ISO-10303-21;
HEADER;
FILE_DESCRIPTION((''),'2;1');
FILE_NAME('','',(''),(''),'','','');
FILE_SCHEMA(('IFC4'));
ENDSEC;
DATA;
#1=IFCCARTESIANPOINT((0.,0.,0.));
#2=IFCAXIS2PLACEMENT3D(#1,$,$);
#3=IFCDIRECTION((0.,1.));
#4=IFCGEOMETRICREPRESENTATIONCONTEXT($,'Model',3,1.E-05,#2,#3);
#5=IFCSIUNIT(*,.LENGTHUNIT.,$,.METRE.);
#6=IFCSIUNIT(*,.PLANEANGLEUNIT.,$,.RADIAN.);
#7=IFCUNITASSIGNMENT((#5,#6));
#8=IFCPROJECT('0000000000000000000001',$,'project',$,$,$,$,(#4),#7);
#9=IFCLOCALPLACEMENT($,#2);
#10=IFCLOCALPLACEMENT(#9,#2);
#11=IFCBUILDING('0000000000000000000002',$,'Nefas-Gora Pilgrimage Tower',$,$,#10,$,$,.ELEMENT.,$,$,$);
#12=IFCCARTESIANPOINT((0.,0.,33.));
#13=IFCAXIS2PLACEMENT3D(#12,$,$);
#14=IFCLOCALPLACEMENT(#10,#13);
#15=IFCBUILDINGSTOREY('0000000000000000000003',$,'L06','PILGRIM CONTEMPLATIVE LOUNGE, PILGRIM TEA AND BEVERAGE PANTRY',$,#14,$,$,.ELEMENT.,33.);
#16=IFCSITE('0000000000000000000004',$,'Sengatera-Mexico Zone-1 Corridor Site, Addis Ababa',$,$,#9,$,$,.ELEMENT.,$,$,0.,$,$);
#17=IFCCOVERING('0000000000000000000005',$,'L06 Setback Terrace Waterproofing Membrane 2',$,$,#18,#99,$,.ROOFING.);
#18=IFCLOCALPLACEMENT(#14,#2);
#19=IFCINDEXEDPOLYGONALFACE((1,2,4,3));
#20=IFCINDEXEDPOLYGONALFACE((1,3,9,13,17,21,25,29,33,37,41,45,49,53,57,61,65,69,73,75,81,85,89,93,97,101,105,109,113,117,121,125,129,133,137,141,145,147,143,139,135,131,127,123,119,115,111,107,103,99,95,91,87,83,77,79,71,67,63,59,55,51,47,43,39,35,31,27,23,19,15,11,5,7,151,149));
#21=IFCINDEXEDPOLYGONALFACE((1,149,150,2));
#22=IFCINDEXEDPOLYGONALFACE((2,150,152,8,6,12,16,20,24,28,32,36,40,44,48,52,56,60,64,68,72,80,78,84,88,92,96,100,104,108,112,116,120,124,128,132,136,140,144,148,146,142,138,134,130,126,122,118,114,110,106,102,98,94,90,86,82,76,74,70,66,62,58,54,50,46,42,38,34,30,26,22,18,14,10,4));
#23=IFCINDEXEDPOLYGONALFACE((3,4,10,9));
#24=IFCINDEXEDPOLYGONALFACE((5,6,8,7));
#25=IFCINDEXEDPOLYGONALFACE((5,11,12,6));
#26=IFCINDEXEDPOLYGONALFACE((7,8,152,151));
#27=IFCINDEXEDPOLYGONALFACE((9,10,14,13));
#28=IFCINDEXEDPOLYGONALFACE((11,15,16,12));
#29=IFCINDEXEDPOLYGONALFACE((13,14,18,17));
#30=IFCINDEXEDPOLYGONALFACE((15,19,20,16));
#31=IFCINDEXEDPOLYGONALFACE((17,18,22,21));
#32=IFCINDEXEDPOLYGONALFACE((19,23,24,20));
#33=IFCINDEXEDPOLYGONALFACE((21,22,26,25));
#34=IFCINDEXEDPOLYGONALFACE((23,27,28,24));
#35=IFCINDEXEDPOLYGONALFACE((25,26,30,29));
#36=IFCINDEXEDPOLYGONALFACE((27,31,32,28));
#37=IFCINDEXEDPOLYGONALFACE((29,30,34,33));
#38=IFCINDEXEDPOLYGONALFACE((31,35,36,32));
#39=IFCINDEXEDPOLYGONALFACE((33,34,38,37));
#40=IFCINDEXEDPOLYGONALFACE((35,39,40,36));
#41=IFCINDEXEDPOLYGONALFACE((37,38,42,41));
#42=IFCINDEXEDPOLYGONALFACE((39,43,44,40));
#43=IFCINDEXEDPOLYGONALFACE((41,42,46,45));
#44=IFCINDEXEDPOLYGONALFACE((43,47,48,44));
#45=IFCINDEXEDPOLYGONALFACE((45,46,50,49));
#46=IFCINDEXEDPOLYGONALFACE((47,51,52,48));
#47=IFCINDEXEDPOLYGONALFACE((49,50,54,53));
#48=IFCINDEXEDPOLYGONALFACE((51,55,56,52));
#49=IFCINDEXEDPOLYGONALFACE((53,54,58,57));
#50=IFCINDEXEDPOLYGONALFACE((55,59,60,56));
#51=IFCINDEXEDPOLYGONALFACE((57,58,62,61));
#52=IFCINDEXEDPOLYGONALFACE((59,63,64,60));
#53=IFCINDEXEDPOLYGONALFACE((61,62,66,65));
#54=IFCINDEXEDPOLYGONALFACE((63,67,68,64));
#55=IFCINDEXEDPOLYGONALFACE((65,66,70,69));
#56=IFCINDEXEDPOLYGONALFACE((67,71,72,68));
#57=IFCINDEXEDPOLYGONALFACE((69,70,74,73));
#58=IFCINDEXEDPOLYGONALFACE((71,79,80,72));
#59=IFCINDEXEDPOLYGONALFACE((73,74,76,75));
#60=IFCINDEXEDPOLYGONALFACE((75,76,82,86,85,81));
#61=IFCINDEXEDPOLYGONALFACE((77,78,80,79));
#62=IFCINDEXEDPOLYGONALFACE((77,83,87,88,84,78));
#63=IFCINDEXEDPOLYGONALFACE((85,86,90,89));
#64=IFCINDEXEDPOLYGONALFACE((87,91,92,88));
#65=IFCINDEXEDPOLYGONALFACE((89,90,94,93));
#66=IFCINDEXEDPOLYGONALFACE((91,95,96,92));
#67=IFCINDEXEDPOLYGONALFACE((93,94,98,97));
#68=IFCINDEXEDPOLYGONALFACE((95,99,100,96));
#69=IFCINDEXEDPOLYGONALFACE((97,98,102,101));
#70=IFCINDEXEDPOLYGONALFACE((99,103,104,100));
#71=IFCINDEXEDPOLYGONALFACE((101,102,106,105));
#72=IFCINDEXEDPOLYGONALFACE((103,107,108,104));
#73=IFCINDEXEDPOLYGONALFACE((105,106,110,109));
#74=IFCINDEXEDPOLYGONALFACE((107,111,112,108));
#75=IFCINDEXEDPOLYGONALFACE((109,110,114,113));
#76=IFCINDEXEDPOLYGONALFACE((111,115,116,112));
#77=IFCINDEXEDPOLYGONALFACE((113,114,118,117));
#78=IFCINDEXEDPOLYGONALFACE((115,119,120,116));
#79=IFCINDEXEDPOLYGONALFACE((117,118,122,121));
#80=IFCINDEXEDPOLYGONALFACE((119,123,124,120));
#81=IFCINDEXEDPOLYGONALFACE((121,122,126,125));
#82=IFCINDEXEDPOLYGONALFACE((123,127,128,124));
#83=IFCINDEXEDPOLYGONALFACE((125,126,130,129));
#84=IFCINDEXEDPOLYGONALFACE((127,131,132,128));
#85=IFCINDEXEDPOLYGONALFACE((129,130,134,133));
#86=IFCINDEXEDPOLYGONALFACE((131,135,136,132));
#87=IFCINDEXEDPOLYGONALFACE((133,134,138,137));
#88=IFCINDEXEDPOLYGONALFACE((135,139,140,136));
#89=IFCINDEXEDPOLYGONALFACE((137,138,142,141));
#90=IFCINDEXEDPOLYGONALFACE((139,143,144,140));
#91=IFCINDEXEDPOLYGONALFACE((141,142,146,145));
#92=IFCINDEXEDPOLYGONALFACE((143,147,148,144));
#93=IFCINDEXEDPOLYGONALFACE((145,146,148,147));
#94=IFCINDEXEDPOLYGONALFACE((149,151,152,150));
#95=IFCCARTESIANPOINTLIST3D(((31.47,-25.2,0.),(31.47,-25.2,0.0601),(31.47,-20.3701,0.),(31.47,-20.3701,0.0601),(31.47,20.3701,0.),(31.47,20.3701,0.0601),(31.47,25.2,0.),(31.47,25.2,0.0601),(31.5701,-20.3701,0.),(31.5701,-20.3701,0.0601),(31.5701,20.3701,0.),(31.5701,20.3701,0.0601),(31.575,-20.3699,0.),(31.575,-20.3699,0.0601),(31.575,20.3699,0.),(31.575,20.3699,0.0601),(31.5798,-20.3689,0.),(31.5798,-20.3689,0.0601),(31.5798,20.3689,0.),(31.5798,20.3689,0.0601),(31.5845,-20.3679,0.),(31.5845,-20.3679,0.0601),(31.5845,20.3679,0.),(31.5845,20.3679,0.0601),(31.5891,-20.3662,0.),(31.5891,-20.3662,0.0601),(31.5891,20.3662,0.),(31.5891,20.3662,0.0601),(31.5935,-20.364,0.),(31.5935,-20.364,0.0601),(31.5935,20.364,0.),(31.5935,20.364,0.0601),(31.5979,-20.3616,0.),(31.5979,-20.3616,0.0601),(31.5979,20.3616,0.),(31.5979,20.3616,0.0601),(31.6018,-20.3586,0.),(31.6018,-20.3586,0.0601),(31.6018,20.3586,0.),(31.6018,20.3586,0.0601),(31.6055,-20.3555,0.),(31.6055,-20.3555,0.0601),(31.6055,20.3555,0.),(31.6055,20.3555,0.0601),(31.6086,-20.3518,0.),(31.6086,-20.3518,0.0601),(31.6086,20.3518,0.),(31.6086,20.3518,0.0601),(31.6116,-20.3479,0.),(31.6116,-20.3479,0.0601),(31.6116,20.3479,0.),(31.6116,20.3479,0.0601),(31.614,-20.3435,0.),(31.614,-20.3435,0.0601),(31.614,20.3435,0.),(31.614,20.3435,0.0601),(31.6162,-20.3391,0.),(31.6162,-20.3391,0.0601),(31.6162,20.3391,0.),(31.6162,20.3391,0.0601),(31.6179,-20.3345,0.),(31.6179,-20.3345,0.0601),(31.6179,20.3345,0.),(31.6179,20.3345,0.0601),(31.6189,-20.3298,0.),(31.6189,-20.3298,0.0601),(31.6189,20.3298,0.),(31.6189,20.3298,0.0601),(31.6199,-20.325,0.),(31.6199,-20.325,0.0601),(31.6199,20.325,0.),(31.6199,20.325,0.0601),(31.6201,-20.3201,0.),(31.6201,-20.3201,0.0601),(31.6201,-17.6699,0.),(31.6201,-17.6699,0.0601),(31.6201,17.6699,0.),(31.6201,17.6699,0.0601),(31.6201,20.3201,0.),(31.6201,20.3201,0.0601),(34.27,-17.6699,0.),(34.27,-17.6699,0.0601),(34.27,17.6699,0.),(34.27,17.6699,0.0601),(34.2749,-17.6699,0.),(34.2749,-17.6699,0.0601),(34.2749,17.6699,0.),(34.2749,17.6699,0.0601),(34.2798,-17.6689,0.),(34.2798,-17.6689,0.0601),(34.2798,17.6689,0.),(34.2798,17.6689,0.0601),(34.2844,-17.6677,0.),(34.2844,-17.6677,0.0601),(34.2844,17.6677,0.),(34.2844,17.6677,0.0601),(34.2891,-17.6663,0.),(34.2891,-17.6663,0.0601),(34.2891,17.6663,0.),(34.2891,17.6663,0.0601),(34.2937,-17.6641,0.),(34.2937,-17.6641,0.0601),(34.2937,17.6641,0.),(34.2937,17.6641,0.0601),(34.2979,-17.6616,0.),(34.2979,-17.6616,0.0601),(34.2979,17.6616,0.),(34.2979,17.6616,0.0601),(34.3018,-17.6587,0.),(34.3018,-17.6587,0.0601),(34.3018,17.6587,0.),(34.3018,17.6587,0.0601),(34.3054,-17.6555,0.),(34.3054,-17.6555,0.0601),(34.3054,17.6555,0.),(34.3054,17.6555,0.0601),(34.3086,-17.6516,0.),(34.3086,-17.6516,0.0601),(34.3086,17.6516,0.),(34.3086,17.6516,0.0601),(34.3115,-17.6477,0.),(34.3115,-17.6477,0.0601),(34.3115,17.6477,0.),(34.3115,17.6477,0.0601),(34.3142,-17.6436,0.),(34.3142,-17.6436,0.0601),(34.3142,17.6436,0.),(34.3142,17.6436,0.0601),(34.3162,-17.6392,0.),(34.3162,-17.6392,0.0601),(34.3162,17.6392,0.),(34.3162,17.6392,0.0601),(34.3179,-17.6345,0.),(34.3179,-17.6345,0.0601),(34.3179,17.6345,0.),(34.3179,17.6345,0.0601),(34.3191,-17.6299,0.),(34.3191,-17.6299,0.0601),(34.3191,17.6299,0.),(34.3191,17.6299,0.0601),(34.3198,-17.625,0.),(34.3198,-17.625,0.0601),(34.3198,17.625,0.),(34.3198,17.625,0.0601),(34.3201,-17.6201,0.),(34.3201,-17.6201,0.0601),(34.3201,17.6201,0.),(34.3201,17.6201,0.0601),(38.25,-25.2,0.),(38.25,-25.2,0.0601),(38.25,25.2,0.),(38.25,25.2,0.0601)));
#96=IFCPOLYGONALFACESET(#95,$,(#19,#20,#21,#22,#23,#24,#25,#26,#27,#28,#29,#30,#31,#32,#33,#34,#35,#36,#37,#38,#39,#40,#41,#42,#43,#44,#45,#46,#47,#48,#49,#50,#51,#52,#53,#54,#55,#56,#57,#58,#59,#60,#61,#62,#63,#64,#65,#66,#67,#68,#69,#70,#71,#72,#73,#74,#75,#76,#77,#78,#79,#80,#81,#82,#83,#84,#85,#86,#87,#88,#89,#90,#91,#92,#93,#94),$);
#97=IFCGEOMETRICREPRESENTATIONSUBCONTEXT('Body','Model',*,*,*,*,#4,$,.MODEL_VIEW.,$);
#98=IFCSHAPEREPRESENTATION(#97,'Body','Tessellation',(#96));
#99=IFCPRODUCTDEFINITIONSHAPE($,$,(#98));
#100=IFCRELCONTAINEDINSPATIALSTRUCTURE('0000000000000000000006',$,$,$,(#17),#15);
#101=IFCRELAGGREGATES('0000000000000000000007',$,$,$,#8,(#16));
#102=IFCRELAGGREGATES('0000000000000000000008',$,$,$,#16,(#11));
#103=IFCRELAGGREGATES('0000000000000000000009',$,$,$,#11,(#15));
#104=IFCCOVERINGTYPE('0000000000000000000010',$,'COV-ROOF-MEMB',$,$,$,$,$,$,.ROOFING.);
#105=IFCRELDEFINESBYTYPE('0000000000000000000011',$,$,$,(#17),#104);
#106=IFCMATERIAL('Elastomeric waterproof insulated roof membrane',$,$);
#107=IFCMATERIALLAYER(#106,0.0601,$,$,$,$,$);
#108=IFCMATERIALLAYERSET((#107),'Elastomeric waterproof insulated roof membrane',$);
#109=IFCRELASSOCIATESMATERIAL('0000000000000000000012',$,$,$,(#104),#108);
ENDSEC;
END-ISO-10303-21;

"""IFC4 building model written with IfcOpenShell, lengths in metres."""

from ifc_helpers import new_model, si_unit, direction, frame, origin, place, context, subcontext, project, spatial, polyline, outline, extrude, material, layer, layer_set, type_object, element, save


model = new_model("IFC4")

# Units and contexts
model_context = context("Model", 3, precision=1e-05, world=origin(), true_north=direction((0.0, 1.0)))
body_context = subcontext(model_context, "Body", "Model", "MODEL_VIEW")
ifc_project = project(units=[si_unit("LENGTHUNIT", "METRE"), si_unit("PLANEANGLEUNIT", "RADIAN")], contexts=[model_context])

# Site, building, storey
site_placement = place(None, origin())
site = spatial("IfcSite", under=ifc_project, at=site_placement, Name="Sengatera-Mexico Zone-1 Corridor Site, Addis Ababa", CompositionType="ELEMENT", RefElevation=0.0)
building_placement = place(site_placement, origin())
building = spatial("IfcBuilding", under=site, at=building_placement, Name="Nefas-Gora Pilgrimage Tower", CompositionType="ELEMENT")
storey_placement = place(building_placement, frame((0.0, 0.0, 33.0)))
storey = spatial("IfcBuildingStorey", under=building, at=storey_placement, Name="L06", Description="PILGRIM CONTEMPLATIVE LOUNGE, PILGRIM TEA AND BEVERAGE PANTRY", CompositionType="ELEMENT", Elevation=33.0)

# Covering
ifc_material_1 = material(Name="Elastomeric waterproof insulated roof membrane")
ifc_layer_1 = layer(ifc_material_1, 0.0601)
ifc_layer_set_1 = layer_set([ifc_layer_1], Name="Elastomeric waterproof insulated roof membrane")
covering_type = type_object("IfcCoveringType", Name="COV-ROOF-MEMB", PredefinedType="ROOFING", material=ifc_layer_set_1)
covering_1_placement = place(storey_placement, origin())
element("IfcCovering", 1, at=covering_1_placement, inside=storey, type_object=covering_type, Name="L06 Setback Terrace Waterproofing Membrane 2", PredefinedType="ROOFING", context=body_context, shape_type="SweptSolid", body=[
    extrude(outline(polyline([(31.47, 25.2), (31.47, 20.3701), (31.5701, 20.3701), (31.575, 20.3699), (31.5798, 20.3689), (31.5845, 20.3679), (31.5891, 20.3662), (31.5935, 20.364), (31.5979, 20.3616), (31.6018, 20.3586), (31.6055, 20.3555), (31.6086, 20.3518), (31.6116, 20.3479), (31.614, 20.3435), (31.6162, 20.3391), (31.6179, 20.3345), (31.6189, 20.3298), (31.6199, 20.325), (31.6201, 20.3201), (31.6201, 17.6699), (34.27, 17.6699), (34.2749, 17.6699), (34.2798, 17.6689), (34.2844, 17.6677), (34.2891, 17.6663), (34.2937, 17.6641), (34.2979, 17.6616), (34.3018, 17.6587), (34.3054, 17.6555), (34.3086, 17.6516), (34.3115, 17.6477), (34.3142, 17.6436), (34.3162, 17.6392), (34.3179, 17.6345), (34.3191, 17.6299), (34.3198, 17.625), (34.3201, 17.6201), (34.3201, -17.6201), (34.3198, -17.625), (34.3191, -17.6299), (34.3179, -17.6345), (34.3162, -17.6392), (34.3142, -17.6436), (34.3115, -17.6477), (34.3086, -17.6516), (34.3054, -17.6555), (34.3018, -17.6587), (34.2979, -17.6616), (34.2937, -17.6641), (34.2891, -17.6663), (34.2844, -17.6677), (34.2798, -17.6689), (34.2749, -17.6699), (34.27, -17.6699), (31.6201, -17.6699), (31.6201, -20.3201), (31.6199, -20.325), (31.6189, -20.3298), (31.6179, -20.3345), (31.6162, -20.3391), (31.614, -20.3435), (31.6116, -20.3479), (31.6086, -20.3518), (31.6055, -20.3555), (31.6018, -20.3586), (31.5979, -20.3616), (31.5935, -20.364), (31.5891, -20.3662), (31.5845, -20.3679), (31.5798, -20.3689), (31.575, -20.3699), (31.5701, -20.3701), (31.47, -20.3701), (31.47, -25.2), (38.25, -25.2), (38.25, 25.2), (31.47, 25.2)])), origin(), (0.0, 0.0, 1.0), 0.0601),
])

save(model, "model.ifc")
